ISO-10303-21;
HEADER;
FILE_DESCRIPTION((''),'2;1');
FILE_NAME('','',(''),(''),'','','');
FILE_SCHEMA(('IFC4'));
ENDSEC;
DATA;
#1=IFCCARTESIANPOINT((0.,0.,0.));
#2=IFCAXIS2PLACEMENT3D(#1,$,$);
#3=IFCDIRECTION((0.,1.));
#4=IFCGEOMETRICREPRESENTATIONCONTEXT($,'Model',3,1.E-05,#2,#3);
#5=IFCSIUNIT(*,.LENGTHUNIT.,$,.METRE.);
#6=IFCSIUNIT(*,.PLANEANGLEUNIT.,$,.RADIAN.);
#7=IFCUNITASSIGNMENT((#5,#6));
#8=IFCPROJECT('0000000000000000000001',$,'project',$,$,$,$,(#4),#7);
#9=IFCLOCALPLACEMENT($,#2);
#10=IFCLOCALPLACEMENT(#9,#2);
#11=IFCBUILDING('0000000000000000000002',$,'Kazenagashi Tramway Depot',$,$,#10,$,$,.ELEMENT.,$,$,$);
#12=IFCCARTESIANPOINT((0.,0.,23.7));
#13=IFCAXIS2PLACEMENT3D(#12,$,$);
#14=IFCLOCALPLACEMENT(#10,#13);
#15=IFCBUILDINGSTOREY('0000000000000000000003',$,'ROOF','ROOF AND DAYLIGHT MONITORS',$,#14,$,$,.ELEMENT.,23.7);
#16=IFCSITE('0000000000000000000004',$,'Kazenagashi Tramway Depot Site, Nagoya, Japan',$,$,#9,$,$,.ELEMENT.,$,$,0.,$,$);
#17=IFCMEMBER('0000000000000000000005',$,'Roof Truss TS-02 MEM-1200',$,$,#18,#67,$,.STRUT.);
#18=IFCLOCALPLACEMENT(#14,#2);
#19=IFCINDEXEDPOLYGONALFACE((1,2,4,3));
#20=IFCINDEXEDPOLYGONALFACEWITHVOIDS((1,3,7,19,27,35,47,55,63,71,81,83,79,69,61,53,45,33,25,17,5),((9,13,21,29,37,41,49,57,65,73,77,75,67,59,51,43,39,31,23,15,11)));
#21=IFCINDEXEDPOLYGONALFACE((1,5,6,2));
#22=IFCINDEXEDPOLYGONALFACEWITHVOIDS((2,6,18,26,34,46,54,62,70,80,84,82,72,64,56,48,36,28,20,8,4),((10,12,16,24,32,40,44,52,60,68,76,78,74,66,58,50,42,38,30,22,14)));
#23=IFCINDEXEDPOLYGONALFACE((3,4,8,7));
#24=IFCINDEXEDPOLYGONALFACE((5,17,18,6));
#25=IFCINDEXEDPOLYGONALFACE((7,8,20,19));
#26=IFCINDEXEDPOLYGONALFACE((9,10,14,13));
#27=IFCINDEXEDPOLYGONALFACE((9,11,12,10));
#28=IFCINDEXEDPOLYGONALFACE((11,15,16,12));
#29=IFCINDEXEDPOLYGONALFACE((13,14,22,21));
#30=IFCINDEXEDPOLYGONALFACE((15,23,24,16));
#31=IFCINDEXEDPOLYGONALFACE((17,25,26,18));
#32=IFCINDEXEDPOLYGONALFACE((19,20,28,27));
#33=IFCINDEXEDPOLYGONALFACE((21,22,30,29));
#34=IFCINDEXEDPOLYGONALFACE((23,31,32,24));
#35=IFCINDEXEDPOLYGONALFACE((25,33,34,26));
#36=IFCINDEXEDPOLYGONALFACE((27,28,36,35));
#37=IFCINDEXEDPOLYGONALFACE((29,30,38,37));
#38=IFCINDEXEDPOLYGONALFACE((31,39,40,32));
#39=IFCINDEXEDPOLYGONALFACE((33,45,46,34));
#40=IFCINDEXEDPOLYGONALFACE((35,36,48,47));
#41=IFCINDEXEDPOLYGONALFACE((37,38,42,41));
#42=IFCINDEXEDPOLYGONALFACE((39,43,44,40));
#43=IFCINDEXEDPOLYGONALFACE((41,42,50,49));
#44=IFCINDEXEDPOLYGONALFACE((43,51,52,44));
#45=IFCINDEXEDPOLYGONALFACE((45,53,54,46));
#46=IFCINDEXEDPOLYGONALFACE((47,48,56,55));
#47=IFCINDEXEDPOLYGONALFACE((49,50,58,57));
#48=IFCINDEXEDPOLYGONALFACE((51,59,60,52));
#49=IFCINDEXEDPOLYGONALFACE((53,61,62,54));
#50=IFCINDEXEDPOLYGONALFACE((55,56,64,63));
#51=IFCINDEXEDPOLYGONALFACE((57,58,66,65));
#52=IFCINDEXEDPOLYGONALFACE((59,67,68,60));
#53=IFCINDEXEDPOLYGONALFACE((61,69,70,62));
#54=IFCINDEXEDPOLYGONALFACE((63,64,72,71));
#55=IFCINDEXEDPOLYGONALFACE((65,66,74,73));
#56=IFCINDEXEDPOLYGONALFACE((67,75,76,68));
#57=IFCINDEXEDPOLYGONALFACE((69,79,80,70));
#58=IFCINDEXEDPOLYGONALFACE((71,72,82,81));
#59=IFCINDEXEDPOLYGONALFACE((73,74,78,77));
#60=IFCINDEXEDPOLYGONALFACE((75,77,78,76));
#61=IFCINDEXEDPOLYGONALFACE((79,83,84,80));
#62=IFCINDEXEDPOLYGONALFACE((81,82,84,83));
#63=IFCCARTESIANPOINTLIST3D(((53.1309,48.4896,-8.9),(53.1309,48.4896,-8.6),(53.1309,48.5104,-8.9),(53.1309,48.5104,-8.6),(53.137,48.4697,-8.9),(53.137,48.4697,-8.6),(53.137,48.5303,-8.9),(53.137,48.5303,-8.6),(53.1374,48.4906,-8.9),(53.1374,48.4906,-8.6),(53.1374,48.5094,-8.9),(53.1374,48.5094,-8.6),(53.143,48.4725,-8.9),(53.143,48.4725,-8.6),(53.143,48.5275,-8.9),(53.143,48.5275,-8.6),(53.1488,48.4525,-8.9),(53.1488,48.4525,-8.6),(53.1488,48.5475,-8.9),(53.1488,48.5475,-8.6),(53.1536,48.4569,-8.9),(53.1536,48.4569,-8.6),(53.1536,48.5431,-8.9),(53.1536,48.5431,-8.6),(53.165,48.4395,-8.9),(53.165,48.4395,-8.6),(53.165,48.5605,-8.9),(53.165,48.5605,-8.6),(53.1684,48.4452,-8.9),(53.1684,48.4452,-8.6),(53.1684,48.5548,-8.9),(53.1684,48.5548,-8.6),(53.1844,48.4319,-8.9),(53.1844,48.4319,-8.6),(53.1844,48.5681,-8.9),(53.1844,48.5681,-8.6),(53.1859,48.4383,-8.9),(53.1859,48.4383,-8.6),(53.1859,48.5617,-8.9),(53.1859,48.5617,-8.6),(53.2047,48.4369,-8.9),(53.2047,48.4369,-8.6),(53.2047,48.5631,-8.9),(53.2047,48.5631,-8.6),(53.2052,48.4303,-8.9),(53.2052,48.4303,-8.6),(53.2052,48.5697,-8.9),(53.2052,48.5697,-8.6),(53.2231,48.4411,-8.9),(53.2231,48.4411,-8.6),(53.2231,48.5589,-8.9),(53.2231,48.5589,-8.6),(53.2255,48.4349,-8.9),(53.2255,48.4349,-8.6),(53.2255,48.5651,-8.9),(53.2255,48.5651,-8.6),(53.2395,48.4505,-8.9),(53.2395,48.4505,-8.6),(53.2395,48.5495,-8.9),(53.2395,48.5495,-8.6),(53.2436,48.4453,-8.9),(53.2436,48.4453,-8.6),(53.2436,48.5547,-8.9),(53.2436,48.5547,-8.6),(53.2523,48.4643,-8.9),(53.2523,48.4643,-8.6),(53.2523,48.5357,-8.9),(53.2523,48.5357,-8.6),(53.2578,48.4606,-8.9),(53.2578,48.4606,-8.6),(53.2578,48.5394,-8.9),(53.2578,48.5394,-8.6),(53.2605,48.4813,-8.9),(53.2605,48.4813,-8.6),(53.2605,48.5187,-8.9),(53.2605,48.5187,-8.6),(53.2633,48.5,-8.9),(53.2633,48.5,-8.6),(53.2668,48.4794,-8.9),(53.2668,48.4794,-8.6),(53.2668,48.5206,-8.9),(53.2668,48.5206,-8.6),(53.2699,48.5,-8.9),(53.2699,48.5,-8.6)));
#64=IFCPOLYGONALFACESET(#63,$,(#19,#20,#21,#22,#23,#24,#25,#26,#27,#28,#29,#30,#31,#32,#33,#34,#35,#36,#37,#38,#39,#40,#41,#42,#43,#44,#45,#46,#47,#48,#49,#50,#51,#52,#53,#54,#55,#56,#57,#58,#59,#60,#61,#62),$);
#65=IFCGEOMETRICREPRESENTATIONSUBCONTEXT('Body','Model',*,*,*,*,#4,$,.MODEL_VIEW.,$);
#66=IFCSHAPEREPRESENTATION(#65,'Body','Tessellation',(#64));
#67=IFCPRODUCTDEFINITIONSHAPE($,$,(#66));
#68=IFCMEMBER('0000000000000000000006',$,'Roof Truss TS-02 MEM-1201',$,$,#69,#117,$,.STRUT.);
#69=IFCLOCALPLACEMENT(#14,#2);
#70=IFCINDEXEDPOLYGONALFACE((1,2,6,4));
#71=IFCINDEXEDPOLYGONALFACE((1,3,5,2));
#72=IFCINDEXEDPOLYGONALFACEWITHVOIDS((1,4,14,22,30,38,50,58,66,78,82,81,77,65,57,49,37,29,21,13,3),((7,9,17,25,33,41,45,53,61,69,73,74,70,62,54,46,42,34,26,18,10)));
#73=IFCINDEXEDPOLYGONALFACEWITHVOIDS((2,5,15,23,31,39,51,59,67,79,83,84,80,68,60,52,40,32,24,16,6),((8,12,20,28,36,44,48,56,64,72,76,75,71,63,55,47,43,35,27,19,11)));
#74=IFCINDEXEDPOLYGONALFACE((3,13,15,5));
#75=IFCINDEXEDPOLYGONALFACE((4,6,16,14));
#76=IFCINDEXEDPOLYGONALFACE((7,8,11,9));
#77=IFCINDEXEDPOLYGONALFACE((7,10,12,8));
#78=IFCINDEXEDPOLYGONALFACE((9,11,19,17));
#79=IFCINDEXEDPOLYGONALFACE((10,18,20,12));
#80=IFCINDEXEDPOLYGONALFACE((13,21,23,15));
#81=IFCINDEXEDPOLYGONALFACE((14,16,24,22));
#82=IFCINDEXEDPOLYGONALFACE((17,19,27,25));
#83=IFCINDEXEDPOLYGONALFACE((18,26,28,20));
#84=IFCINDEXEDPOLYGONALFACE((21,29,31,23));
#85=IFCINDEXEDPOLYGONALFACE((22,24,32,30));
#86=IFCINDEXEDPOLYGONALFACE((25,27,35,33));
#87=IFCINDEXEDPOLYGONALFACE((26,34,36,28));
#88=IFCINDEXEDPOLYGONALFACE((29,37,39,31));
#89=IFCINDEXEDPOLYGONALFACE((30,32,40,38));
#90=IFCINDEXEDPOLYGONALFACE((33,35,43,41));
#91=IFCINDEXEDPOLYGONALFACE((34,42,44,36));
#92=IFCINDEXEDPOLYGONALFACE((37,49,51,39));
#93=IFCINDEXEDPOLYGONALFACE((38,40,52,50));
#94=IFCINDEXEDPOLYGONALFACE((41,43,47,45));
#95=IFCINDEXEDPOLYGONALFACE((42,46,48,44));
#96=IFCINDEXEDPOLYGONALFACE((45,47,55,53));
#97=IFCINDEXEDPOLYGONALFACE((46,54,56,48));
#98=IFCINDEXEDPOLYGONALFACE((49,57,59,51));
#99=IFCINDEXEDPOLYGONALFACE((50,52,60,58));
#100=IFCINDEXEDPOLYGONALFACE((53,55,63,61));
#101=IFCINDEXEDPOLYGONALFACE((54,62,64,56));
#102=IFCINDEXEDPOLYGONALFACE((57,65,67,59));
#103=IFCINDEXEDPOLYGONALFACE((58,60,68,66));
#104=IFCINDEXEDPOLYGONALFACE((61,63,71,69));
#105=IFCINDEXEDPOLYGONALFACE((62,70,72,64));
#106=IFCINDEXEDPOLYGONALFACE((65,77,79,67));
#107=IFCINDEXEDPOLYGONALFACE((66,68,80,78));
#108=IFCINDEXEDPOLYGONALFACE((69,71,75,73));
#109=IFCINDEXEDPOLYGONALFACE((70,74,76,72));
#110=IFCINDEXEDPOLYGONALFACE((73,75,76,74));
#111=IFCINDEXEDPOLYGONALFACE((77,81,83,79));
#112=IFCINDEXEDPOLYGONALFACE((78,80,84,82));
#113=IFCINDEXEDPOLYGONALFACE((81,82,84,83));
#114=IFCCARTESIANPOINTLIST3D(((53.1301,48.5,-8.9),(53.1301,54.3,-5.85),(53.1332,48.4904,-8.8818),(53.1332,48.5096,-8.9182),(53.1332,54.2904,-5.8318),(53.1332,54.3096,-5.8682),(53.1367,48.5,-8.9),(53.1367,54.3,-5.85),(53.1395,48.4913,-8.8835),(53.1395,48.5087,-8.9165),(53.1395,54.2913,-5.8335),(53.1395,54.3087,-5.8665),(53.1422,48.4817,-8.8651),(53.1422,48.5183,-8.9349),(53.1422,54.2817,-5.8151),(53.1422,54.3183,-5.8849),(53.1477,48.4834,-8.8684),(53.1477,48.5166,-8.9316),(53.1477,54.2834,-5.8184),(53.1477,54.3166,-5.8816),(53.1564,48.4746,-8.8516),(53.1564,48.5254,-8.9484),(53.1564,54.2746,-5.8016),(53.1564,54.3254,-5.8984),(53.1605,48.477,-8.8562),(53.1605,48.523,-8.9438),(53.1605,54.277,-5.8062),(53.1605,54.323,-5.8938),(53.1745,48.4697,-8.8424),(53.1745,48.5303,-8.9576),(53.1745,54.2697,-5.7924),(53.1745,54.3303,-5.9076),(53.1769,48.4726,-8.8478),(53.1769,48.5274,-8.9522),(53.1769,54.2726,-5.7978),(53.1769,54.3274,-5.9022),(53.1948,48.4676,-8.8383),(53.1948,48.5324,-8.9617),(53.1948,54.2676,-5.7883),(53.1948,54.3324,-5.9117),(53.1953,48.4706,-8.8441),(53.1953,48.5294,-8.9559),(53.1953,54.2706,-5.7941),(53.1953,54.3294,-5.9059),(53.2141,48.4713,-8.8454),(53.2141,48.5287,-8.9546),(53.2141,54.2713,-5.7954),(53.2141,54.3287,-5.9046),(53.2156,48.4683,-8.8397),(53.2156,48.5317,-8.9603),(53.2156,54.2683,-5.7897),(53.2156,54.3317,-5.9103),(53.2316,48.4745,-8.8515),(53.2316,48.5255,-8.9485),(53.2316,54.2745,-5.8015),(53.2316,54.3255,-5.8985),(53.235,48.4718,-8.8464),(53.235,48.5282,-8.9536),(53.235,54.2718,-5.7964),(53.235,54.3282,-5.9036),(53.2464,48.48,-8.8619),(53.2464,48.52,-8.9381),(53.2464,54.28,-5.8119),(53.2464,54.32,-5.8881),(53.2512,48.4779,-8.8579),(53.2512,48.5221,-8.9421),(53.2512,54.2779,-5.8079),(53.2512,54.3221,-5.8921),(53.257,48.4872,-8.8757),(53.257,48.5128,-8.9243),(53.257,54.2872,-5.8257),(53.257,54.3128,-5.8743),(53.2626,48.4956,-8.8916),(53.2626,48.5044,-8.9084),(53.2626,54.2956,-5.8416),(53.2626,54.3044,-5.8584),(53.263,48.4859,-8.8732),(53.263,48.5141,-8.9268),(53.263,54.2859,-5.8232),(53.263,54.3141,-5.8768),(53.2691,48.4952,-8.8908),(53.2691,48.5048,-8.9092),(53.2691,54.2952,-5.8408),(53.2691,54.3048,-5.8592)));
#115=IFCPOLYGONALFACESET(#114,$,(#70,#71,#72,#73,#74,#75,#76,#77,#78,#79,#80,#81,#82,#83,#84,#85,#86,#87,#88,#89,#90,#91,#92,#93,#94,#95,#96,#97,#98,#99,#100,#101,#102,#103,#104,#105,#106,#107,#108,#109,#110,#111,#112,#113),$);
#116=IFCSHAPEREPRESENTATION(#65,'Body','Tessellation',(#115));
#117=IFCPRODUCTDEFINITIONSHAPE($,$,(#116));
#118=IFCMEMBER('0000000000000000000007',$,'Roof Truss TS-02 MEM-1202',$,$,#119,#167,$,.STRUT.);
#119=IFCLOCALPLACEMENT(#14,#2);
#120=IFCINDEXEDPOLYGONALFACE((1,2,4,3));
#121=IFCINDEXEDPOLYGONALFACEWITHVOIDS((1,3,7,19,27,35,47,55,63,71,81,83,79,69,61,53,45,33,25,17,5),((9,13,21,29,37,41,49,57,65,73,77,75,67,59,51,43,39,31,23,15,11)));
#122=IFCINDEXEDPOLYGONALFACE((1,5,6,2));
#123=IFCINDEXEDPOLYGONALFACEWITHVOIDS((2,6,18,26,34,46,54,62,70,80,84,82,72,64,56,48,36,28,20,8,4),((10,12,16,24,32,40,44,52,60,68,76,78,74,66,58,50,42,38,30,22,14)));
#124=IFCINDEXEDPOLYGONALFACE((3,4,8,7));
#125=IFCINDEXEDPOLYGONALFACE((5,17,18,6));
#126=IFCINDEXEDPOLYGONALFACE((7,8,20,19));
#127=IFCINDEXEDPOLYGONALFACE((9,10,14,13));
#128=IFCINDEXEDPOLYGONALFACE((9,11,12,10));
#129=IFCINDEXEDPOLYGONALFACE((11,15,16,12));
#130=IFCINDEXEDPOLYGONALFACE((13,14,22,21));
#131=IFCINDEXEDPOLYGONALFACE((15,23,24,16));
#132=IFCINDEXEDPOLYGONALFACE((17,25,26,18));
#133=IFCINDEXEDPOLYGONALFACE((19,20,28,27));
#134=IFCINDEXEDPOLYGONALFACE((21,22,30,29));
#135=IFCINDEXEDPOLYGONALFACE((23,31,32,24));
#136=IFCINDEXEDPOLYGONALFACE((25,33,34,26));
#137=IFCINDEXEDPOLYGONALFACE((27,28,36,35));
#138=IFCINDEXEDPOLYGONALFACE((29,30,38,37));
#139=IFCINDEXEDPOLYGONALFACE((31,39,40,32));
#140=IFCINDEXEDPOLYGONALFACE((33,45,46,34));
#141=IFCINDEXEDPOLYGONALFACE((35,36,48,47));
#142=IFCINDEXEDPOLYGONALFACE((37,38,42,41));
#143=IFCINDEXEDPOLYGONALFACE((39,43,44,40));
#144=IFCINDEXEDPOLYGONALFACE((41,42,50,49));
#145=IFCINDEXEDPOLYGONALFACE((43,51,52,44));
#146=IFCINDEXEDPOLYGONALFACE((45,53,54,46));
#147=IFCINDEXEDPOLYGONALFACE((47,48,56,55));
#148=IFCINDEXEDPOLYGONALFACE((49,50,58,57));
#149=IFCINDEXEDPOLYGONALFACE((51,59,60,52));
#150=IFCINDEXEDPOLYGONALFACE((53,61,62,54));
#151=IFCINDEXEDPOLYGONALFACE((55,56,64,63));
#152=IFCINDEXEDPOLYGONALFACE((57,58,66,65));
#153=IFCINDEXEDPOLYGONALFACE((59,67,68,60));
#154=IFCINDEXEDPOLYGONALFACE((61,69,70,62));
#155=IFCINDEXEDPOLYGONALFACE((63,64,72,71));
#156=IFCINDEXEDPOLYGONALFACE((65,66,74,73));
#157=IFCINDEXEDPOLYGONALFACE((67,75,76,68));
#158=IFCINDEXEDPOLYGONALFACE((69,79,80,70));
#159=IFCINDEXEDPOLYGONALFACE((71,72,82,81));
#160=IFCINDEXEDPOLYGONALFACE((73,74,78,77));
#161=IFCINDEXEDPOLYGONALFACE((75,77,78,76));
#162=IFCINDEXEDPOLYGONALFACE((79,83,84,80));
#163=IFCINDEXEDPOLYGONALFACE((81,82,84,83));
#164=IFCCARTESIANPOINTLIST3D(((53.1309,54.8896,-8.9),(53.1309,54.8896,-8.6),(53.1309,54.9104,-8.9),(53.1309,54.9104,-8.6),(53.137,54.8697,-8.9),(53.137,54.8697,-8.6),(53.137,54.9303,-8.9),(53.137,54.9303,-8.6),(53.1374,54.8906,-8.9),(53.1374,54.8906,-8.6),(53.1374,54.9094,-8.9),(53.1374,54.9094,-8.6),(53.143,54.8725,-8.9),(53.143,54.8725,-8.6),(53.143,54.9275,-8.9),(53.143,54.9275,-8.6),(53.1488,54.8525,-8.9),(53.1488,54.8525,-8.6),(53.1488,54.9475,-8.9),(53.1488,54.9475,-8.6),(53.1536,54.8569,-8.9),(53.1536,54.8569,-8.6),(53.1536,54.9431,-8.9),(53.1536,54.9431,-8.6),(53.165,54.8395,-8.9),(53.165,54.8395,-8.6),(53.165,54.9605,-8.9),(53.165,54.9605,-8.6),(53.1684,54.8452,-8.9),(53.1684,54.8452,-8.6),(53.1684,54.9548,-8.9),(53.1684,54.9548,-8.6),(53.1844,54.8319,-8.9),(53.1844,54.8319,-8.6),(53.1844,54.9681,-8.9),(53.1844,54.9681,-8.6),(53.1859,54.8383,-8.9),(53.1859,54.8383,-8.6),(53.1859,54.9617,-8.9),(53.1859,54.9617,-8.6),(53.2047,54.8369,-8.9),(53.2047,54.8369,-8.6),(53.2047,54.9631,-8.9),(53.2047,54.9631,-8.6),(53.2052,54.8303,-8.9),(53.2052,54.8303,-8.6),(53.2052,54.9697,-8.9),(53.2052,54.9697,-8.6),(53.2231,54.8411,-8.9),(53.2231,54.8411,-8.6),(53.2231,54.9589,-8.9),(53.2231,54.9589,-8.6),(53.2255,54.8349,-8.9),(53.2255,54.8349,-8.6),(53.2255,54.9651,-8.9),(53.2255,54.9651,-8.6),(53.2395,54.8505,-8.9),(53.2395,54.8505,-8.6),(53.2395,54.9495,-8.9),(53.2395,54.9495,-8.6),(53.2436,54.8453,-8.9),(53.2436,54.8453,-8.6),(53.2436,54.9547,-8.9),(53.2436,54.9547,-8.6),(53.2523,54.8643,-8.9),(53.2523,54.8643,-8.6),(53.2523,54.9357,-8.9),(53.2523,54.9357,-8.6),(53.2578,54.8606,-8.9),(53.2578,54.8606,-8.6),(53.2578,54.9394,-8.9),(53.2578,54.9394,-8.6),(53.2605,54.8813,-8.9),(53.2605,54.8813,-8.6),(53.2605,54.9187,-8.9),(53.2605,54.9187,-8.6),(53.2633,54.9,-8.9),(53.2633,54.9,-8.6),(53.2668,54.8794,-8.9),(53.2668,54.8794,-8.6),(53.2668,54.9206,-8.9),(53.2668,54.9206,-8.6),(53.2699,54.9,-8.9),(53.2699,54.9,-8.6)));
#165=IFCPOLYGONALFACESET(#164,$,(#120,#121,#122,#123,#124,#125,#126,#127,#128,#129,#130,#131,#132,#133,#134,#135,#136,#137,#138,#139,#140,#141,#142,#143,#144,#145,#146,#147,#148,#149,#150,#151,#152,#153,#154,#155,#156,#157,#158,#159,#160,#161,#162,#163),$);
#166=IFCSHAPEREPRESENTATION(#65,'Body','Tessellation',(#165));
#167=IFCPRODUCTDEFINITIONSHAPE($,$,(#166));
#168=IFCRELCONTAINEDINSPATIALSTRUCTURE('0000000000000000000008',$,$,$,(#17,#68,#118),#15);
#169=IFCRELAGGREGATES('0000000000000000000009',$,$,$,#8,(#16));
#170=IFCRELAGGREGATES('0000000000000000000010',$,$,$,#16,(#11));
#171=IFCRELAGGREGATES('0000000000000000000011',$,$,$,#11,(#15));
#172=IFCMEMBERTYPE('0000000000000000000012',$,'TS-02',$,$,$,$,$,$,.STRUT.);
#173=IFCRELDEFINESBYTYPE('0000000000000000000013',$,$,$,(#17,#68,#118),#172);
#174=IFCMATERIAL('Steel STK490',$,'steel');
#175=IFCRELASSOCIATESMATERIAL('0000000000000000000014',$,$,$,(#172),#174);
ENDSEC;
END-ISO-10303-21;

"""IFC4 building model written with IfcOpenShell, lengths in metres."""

from ifc_helpers import new_model, si_unit, direction, frame, origin, origin_2d, place, context, subcontext, project, spatial, hollow_circle, extrude, material, material_profile, profile_set, type_object, element, save


model = new_model("IFC4")

# Units and contexts
model_context = context("Model", 3, precision=1e-05, world=origin(), true_north=direction((0.0, 1.0)))
body_context = subcontext(model_context, "Body", "Model", "MODEL_VIEW")
ifc_project = project(units=[si_unit("LENGTHUNIT", "METRE"), si_unit("PLANEANGLEUNIT", "RADIAN")], contexts=[model_context])

# Site, building, storey
site_placement = place(None, origin())
site = spatial("IfcSite", under=ifc_project, at=site_placement, Name="Kazenagashi Tramway Depot Site, Nagoya, Japan", CompositionType="ELEMENT", RefElevation=0.0)
building_placement = place(site_placement, origin())
building = spatial("IfcBuilding", under=site, at=building_placement, Name="Kazenagashi Tramway Depot", CompositionType="ELEMENT")
storey_placement = place(building_placement, frame((0.0, 0.0, 23.7)))
storey = spatial("IfcBuildingStorey", under=building, at=storey_placement, Name="ROOF", Description="ROOF AND DAYLIGHT MONITORS", CompositionType="ELEMENT", Elevation=23.7)

# Members
ifc_material_1 = material(Name="Steel STK490", Category="steel")
ifc_material_profile_1 = material_profile(ifc_material_1, hollow_circle(Radius=0.0699, WallThickness=0.0066, at=origin_2d()), Name="CHS-139.8x6.6")
ifc_profile_set_1 = profile_set([ifc_material_profile_1], Name="Steel STK490")
member_type_1 = type_object("IfcMemberType", Name="TS-02", PredefinedType="STRUT", material=ifc_profile_set_1)
member_1_placement = place(storey_placement, frame((53.2, 48.5, -8.9), z_axis=(0.0, 0.0, 1.0), x_axis=(1.0, 0.0, 0.0)))
element("IfcMember", 1, at=member_1_placement, inside=storey, type_object=member_type_1, Name="Roof Truss TS-02 MEM-1200", PredefinedType="STRUT", context=body_context, shape_type="SweptSolid", body=[
    extrude(hollow_circle(Radius=0.0699, WallThickness=0.0066, at=origin_2d()), origin(), (0.0, 0.0, 1.0), 0.3),
])
member_2_placement = place(storey_placement, frame((53.2, 48.5, -8.9), z_axis=(0.0, 0.885084, 0.465432), x_axis=(-1.0, 0.0, 0.0)))
element("IfcMember", 2, at=member_2_placement, inside=storey, type_object=member_type_1, Name="Roof Truss TS-02 MEM-1201", PredefinedType="STRUT", context=body_context, shape_type="SweptSolid", body=[
    extrude(hollow_circle(Radius=0.0699, WallThickness=0.0066, at=origin_2d()), origin(), (0.0, 0.0, 1.0), 6.5531),
])
for number, where, z_axis, x_axis, name in (
    (3, (53.2, 54.9, -8.9), (0.0, 0.0, 1.0), (1.0, 0.0, 0.0), "Roof Truss TS-02 MEM-1202"),
):
    element("IfcMember", number, at=place(storey_placement, frame(where, z_axis=z_axis, x_axis=x_axis)), inside=storey, type_object=member_type_1, Name=name, PredefinedType="STRUT", context=body_context, shape_type="SweptSolid", body=[
        extrude(hollow_circle(Radius=0.0699, WallThickness=0.0066, at=origin_2d()), origin(), (0.0, 0.0, 1.0), 0.3),
    ])

save(model, "model.ifc")
